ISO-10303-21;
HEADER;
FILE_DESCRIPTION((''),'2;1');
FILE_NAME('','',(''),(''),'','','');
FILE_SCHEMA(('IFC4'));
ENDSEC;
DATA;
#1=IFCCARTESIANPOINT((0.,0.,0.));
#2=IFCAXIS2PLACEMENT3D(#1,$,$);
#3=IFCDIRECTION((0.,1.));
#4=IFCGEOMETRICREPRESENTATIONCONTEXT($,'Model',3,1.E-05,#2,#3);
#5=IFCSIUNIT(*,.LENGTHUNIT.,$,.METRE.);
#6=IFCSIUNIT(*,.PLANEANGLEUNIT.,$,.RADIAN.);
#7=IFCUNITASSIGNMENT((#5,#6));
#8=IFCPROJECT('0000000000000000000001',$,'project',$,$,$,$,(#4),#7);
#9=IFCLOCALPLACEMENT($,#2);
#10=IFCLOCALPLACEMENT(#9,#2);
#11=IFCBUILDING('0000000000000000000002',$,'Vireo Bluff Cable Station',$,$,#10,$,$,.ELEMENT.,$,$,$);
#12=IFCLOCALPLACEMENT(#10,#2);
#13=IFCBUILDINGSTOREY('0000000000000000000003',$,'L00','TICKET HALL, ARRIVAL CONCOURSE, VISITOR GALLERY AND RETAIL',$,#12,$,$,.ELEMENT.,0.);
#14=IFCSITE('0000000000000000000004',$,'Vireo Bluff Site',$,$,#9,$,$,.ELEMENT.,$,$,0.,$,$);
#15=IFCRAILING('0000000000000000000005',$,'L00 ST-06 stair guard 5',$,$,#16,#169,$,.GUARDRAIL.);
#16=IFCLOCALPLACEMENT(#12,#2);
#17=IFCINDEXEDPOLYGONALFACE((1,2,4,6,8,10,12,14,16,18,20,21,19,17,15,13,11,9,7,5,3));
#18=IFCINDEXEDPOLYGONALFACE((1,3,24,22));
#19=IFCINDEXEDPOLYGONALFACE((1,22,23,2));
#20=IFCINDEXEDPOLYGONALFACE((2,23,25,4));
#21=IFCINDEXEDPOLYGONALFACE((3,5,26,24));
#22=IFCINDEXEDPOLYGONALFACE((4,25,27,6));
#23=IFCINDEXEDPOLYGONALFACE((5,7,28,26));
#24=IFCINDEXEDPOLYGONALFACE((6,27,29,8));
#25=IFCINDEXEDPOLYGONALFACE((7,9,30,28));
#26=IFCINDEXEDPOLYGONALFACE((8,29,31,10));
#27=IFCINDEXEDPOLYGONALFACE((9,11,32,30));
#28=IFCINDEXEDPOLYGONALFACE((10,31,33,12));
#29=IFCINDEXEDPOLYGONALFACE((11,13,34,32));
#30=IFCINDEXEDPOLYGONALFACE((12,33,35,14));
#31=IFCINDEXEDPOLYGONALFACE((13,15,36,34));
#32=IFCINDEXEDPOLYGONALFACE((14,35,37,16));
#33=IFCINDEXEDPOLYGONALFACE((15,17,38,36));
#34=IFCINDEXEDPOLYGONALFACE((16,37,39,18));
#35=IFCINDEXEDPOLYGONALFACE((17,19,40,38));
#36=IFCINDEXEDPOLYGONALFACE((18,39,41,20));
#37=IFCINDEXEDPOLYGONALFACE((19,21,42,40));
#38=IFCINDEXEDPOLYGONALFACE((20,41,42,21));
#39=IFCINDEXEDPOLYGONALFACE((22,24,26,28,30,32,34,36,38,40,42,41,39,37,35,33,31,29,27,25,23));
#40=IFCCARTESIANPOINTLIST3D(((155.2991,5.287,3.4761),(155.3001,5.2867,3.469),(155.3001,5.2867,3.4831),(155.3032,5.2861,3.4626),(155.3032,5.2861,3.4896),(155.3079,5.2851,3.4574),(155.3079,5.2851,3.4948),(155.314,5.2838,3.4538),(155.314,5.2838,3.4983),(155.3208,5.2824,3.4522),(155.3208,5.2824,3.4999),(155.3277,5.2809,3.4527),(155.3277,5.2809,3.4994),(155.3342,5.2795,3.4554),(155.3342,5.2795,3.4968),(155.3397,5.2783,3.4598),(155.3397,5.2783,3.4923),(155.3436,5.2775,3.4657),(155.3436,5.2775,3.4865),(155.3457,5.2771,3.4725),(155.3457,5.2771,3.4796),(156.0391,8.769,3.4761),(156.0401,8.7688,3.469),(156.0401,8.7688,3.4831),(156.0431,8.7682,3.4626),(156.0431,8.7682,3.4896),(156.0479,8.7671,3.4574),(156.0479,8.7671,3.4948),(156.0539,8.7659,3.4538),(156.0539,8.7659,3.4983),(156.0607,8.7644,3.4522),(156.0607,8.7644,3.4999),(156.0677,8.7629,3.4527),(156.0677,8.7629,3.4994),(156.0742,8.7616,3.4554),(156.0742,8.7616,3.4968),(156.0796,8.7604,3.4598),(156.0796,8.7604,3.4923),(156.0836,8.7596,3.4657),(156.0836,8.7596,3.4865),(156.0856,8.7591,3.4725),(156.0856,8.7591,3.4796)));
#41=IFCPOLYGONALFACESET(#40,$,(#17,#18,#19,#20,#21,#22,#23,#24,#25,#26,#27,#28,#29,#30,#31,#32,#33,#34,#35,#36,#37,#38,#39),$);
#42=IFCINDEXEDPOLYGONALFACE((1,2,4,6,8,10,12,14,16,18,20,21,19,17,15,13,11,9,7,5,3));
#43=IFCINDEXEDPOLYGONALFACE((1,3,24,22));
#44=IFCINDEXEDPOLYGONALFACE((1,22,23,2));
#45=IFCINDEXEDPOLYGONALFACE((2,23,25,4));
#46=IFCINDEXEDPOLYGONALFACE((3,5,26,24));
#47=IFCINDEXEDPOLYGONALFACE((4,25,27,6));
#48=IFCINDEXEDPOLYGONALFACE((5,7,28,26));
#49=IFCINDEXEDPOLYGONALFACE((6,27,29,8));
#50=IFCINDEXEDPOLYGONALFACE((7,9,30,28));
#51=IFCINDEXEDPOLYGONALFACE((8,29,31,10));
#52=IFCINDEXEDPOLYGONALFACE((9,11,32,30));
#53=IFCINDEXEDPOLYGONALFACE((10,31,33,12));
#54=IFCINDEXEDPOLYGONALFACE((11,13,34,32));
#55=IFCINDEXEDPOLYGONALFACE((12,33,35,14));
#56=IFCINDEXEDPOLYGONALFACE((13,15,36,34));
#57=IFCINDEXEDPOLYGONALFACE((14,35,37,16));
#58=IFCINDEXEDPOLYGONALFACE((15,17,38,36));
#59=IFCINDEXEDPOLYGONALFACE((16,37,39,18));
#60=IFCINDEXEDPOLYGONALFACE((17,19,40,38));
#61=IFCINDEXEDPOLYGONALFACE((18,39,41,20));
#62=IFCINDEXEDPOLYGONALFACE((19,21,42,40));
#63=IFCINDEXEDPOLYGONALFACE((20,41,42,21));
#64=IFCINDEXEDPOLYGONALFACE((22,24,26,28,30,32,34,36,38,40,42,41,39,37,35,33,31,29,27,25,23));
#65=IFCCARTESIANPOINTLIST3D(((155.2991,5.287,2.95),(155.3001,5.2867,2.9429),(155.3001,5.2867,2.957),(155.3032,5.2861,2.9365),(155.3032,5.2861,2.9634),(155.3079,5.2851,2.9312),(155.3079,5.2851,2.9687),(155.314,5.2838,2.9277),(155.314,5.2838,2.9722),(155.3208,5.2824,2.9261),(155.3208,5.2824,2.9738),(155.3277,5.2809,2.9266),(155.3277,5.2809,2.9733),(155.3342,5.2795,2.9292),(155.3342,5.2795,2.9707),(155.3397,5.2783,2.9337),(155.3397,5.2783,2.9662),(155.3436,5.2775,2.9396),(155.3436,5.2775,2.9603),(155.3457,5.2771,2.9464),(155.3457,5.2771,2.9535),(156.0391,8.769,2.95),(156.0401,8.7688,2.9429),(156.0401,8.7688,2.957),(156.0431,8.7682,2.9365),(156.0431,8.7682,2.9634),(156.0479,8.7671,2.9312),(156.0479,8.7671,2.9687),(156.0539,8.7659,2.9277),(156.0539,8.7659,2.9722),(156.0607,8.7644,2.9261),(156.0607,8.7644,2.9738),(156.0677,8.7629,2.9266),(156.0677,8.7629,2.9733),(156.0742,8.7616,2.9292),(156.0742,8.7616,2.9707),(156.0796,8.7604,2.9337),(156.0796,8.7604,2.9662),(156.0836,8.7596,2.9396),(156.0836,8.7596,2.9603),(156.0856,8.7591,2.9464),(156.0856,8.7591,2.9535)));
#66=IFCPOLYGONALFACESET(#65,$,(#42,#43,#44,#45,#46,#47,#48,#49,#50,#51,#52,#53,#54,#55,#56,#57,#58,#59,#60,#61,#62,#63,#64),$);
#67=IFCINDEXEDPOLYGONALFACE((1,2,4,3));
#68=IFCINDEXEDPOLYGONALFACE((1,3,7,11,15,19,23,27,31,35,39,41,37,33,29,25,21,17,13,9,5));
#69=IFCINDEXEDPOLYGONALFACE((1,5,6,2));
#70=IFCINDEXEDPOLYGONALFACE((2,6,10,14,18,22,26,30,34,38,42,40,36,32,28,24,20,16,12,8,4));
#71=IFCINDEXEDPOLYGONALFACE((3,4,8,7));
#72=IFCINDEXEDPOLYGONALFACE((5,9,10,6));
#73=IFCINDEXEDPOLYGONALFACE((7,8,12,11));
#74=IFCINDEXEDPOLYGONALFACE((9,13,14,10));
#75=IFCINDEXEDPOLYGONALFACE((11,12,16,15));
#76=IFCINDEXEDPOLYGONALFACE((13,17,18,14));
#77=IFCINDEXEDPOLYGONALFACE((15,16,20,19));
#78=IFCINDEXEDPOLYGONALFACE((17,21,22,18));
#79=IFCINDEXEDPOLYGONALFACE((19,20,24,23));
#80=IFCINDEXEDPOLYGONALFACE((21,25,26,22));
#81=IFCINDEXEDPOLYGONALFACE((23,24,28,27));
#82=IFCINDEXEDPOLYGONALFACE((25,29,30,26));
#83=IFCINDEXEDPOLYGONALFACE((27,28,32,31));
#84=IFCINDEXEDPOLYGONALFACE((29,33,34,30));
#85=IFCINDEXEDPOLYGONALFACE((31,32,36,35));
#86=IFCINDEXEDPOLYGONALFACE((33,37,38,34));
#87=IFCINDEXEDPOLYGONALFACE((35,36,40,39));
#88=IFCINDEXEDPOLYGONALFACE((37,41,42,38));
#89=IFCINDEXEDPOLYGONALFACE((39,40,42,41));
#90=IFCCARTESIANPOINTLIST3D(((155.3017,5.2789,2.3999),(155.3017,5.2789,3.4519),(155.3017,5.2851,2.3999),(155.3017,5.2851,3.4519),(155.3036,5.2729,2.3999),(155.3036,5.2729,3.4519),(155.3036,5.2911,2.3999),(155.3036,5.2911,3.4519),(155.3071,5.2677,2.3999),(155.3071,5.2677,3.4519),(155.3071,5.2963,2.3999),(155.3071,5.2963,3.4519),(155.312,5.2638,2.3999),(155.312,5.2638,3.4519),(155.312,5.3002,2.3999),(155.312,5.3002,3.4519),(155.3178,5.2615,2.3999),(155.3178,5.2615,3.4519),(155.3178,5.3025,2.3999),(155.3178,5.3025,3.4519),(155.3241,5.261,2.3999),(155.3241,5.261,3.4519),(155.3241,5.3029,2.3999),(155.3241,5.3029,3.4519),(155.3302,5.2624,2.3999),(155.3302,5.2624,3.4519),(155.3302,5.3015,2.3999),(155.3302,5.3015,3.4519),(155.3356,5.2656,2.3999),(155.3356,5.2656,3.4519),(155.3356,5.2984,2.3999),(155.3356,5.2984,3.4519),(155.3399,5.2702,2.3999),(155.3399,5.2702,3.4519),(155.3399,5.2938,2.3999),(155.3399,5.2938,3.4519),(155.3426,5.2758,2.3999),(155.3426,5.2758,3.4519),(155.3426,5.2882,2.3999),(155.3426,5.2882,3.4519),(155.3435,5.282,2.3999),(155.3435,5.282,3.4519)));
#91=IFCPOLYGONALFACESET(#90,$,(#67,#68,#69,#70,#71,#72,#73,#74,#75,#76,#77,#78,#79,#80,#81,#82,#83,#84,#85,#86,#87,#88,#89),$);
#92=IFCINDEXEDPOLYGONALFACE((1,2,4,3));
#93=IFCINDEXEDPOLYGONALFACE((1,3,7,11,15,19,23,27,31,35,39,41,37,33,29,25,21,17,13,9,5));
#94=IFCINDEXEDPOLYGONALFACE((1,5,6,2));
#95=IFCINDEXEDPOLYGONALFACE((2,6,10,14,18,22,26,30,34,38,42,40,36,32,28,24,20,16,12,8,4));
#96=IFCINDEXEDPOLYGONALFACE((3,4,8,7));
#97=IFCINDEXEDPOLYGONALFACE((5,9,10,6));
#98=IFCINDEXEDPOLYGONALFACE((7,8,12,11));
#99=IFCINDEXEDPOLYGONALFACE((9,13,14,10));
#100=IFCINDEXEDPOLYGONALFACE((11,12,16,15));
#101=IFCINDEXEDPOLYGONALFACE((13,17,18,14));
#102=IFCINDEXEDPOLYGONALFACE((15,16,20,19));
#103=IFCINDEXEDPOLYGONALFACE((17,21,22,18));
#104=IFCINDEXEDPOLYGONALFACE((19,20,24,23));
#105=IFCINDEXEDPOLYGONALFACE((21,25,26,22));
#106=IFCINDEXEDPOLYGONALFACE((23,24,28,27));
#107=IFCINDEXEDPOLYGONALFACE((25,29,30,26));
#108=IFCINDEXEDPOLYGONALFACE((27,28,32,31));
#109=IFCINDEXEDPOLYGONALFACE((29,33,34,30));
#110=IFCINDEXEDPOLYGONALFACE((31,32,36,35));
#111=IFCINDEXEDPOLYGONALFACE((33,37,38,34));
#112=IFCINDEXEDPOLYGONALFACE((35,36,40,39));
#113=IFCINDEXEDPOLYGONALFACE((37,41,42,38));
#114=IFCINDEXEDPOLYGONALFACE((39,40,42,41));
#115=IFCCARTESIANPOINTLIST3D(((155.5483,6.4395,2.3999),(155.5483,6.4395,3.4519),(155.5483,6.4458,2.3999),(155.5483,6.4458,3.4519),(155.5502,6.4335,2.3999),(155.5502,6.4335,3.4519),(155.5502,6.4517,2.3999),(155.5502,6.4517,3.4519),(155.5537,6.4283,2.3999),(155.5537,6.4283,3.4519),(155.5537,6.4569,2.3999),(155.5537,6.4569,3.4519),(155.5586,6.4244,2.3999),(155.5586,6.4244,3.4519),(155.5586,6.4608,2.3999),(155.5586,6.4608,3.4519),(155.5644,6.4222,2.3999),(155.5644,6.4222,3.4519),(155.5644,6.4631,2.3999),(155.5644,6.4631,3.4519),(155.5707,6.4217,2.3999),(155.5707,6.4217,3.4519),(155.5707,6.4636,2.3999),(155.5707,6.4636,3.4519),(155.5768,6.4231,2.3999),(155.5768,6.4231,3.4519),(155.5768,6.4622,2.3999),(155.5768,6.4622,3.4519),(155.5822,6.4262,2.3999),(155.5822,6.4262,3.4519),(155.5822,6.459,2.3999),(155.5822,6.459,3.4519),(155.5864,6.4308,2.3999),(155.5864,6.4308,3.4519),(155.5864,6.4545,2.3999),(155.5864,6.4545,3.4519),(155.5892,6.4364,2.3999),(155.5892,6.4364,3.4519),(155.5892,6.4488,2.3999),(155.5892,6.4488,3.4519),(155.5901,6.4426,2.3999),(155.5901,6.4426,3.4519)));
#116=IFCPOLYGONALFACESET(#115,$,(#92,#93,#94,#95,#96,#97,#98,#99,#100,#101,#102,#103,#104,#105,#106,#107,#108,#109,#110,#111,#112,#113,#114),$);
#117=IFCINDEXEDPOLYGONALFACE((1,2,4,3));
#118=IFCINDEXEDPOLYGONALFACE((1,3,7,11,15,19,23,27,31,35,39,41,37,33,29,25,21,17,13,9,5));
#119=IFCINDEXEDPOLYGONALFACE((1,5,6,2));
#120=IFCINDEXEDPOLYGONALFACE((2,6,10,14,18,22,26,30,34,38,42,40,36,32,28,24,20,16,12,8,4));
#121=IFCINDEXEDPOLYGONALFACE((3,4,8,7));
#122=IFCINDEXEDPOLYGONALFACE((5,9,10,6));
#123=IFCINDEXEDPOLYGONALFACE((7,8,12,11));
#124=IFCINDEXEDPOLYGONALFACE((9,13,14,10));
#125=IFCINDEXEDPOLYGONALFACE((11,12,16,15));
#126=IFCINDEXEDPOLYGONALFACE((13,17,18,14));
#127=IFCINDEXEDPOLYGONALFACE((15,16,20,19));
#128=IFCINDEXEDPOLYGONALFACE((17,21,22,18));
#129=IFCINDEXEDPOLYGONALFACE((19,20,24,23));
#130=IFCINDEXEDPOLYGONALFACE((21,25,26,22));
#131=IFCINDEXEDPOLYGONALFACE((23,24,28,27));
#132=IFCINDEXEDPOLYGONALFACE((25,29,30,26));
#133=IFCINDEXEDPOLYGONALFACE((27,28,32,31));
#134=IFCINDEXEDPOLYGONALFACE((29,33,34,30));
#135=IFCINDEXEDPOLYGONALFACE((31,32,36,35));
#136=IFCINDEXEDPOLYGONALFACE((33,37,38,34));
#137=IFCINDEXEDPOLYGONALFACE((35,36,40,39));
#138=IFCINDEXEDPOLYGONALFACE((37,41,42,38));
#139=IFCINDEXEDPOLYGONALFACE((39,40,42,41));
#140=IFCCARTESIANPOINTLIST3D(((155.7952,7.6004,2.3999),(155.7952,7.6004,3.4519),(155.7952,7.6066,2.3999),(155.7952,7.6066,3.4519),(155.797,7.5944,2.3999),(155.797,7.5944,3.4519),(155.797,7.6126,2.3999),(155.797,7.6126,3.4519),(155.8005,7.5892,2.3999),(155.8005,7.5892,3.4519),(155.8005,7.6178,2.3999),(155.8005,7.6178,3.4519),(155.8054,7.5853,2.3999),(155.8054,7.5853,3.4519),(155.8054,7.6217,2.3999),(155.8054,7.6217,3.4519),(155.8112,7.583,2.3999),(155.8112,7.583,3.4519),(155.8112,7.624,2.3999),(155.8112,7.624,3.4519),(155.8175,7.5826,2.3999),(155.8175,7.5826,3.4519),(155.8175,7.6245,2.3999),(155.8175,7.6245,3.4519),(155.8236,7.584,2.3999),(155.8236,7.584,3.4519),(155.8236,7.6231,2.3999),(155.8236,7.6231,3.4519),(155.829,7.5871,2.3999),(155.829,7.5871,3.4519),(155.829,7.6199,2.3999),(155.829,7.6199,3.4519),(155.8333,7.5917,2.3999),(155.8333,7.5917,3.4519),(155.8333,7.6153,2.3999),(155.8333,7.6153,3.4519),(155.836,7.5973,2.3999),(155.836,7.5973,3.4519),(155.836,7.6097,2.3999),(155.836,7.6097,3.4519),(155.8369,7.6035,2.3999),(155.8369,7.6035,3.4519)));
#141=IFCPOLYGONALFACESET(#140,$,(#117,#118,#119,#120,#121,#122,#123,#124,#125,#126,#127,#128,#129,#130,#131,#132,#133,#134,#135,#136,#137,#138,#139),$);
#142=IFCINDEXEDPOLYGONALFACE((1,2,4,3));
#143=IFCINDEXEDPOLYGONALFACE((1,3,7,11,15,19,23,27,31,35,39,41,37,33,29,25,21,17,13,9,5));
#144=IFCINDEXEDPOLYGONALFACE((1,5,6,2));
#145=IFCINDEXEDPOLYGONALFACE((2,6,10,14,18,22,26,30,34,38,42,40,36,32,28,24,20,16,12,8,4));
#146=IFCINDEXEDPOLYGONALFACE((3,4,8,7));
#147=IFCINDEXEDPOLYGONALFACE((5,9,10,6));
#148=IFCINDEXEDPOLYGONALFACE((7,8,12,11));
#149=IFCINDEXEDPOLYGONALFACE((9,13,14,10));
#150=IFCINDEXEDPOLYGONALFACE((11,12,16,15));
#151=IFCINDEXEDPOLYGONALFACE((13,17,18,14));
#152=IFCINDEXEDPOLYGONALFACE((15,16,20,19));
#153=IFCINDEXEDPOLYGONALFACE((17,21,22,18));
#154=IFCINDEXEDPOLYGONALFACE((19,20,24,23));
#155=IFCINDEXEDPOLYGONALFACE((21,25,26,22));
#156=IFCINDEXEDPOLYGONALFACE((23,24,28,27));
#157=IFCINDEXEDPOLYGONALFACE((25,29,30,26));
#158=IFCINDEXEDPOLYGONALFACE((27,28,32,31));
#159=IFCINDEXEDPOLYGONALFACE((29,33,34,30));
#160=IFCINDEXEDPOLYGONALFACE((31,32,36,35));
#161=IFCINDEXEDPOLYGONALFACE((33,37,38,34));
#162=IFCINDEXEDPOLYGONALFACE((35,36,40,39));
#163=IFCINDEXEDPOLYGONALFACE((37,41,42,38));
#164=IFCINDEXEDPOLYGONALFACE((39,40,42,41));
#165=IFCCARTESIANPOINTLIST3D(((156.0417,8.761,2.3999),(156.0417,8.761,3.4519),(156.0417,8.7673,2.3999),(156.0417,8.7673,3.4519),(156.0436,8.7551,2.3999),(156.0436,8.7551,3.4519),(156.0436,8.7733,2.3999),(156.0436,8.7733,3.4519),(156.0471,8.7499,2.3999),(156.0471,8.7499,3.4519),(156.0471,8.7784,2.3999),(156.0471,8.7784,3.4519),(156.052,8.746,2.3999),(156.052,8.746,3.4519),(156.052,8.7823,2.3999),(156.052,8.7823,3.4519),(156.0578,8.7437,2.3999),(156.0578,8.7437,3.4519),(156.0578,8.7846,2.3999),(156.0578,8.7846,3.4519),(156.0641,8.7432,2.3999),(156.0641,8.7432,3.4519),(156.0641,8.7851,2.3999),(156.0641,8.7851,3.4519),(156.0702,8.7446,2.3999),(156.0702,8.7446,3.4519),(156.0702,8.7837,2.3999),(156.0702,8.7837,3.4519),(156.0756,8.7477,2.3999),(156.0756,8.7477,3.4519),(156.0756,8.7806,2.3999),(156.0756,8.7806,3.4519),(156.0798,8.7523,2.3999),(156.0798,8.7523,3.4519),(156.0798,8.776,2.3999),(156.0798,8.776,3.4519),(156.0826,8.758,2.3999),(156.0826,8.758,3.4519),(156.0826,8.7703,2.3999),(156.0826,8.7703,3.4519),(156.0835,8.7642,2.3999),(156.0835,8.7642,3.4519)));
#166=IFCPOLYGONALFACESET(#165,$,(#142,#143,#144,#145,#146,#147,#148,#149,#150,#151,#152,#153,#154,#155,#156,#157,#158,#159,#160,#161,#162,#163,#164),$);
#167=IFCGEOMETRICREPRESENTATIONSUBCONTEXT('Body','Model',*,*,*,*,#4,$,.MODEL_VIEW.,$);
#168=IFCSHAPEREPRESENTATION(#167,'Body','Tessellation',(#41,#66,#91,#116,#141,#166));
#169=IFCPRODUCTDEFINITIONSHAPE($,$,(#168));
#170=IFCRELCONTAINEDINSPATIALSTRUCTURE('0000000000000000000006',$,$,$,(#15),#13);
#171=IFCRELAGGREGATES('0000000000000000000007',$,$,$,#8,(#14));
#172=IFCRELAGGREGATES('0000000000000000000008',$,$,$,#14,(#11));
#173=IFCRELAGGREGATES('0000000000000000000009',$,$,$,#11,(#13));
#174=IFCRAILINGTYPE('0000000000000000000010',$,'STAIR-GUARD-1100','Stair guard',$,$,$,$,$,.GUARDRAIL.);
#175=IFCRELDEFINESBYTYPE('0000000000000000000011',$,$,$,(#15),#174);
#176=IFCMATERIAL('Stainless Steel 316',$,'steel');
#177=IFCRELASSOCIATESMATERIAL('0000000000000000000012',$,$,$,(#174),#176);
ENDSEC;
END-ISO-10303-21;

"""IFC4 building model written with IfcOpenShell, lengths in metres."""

from ifc_helpers import new_model, si_unit, direction, frame, origin, origin_2d, place, context, subcontext, project, spatial, circle, extrude, material, type_object, element, save


model = new_model("IFC4")

# Units and contexts
model_context = context("Model", 3, precision=1e-05, world=origin(), true_north=direction((0.0, 1.0)))
body_context = subcontext(model_context, "Body", "Model", "MODEL_VIEW")
ifc_project = project(units=[si_unit("LENGTHUNIT", "METRE"), si_unit("PLANEANGLEUNIT", "RADIAN")], contexts=[model_context])

# Site, building, storey
site_placement = place(None, origin())
site = spatial("IfcSite", under=ifc_project, at=site_placement, Name="Vireo Bluff Site", CompositionType="ELEMENT", RefElevation=0.0)
building_placement = place(site_placement, origin())
building = spatial("IfcBuilding", under=site, at=building_placement, Name="Vireo Bluff Cable Station", CompositionType="ELEMENT")
storey_placement = place(building_placement, origin())
storey = spatial("IfcBuildingStorey", under=building, at=storey_placement, Name="L00", Description="TICKET HALL, ARRIVAL CONCOURSE, VISITOR GALLERY AND RETAIL", CompositionType="ELEMENT", Elevation=0.0)

# Railing
ifc_material_1 = material(Name="Stainless Steel 316", Category="steel")
railing_type_1 = type_object("IfcRailingType", Name="STAIR-GUARD-1100", Description="Stair guard", PredefinedType="GUARDRAIL", material=ifc_material_1)
railing_1_placement = place(storey_placement, frame((155.3225, 5.282, 2.3999)))
element("IfcRailing", 1, at=railing_1_placement, inside=storey, type_object=railing_type_1, Name="L00 ST-06 stair guard 5", PredefinedType="GUARDRAIL", context=body_context, shape_type="SweptSolid", body=[
    extrude(circle(Radius=0.0239, at=origin_2d()), frame((0.0, 0.0, 1.0762), z_axis=(0.207866, 0.978157, 0.0), x_axis=(-0.978157, 0.207866, 0.0)), (0.0, 0.0, 1.0), 3.5598),
    extrude(circle(Radius=0.0239, at=origin_2d()), frame((0.0, 0.0, 0.55), z_axis=(0.207866, 0.978157, 0.0), x_axis=(-0.978157, 0.207866, 0.0)), (0.0, 0.0, 1.0), 3.5598),
    extrude(circle(Radius=0.021, at=origin_2d()), origin(), (0.0, 0.0, 1.0), 1.052),
    extrude(circle(Radius=0.021, at=origin_2d()), frame((0.2466, 1.1606, 0.0)), (0.0, 0.0, 1.0), 1.052),
    extrude(circle(Radius=0.021, at=origin_2d()), frame((0.4934, 2.3215, 0.0)), (0.0, 0.0, 1.0), 1.052),
    extrude(circle(Radius=0.021, at=origin_2d()), frame((0.74, 3.4822, 0.0)), (0.0, 0.0, 1.0), 1.052),
])

save(model, "model.ifc")
